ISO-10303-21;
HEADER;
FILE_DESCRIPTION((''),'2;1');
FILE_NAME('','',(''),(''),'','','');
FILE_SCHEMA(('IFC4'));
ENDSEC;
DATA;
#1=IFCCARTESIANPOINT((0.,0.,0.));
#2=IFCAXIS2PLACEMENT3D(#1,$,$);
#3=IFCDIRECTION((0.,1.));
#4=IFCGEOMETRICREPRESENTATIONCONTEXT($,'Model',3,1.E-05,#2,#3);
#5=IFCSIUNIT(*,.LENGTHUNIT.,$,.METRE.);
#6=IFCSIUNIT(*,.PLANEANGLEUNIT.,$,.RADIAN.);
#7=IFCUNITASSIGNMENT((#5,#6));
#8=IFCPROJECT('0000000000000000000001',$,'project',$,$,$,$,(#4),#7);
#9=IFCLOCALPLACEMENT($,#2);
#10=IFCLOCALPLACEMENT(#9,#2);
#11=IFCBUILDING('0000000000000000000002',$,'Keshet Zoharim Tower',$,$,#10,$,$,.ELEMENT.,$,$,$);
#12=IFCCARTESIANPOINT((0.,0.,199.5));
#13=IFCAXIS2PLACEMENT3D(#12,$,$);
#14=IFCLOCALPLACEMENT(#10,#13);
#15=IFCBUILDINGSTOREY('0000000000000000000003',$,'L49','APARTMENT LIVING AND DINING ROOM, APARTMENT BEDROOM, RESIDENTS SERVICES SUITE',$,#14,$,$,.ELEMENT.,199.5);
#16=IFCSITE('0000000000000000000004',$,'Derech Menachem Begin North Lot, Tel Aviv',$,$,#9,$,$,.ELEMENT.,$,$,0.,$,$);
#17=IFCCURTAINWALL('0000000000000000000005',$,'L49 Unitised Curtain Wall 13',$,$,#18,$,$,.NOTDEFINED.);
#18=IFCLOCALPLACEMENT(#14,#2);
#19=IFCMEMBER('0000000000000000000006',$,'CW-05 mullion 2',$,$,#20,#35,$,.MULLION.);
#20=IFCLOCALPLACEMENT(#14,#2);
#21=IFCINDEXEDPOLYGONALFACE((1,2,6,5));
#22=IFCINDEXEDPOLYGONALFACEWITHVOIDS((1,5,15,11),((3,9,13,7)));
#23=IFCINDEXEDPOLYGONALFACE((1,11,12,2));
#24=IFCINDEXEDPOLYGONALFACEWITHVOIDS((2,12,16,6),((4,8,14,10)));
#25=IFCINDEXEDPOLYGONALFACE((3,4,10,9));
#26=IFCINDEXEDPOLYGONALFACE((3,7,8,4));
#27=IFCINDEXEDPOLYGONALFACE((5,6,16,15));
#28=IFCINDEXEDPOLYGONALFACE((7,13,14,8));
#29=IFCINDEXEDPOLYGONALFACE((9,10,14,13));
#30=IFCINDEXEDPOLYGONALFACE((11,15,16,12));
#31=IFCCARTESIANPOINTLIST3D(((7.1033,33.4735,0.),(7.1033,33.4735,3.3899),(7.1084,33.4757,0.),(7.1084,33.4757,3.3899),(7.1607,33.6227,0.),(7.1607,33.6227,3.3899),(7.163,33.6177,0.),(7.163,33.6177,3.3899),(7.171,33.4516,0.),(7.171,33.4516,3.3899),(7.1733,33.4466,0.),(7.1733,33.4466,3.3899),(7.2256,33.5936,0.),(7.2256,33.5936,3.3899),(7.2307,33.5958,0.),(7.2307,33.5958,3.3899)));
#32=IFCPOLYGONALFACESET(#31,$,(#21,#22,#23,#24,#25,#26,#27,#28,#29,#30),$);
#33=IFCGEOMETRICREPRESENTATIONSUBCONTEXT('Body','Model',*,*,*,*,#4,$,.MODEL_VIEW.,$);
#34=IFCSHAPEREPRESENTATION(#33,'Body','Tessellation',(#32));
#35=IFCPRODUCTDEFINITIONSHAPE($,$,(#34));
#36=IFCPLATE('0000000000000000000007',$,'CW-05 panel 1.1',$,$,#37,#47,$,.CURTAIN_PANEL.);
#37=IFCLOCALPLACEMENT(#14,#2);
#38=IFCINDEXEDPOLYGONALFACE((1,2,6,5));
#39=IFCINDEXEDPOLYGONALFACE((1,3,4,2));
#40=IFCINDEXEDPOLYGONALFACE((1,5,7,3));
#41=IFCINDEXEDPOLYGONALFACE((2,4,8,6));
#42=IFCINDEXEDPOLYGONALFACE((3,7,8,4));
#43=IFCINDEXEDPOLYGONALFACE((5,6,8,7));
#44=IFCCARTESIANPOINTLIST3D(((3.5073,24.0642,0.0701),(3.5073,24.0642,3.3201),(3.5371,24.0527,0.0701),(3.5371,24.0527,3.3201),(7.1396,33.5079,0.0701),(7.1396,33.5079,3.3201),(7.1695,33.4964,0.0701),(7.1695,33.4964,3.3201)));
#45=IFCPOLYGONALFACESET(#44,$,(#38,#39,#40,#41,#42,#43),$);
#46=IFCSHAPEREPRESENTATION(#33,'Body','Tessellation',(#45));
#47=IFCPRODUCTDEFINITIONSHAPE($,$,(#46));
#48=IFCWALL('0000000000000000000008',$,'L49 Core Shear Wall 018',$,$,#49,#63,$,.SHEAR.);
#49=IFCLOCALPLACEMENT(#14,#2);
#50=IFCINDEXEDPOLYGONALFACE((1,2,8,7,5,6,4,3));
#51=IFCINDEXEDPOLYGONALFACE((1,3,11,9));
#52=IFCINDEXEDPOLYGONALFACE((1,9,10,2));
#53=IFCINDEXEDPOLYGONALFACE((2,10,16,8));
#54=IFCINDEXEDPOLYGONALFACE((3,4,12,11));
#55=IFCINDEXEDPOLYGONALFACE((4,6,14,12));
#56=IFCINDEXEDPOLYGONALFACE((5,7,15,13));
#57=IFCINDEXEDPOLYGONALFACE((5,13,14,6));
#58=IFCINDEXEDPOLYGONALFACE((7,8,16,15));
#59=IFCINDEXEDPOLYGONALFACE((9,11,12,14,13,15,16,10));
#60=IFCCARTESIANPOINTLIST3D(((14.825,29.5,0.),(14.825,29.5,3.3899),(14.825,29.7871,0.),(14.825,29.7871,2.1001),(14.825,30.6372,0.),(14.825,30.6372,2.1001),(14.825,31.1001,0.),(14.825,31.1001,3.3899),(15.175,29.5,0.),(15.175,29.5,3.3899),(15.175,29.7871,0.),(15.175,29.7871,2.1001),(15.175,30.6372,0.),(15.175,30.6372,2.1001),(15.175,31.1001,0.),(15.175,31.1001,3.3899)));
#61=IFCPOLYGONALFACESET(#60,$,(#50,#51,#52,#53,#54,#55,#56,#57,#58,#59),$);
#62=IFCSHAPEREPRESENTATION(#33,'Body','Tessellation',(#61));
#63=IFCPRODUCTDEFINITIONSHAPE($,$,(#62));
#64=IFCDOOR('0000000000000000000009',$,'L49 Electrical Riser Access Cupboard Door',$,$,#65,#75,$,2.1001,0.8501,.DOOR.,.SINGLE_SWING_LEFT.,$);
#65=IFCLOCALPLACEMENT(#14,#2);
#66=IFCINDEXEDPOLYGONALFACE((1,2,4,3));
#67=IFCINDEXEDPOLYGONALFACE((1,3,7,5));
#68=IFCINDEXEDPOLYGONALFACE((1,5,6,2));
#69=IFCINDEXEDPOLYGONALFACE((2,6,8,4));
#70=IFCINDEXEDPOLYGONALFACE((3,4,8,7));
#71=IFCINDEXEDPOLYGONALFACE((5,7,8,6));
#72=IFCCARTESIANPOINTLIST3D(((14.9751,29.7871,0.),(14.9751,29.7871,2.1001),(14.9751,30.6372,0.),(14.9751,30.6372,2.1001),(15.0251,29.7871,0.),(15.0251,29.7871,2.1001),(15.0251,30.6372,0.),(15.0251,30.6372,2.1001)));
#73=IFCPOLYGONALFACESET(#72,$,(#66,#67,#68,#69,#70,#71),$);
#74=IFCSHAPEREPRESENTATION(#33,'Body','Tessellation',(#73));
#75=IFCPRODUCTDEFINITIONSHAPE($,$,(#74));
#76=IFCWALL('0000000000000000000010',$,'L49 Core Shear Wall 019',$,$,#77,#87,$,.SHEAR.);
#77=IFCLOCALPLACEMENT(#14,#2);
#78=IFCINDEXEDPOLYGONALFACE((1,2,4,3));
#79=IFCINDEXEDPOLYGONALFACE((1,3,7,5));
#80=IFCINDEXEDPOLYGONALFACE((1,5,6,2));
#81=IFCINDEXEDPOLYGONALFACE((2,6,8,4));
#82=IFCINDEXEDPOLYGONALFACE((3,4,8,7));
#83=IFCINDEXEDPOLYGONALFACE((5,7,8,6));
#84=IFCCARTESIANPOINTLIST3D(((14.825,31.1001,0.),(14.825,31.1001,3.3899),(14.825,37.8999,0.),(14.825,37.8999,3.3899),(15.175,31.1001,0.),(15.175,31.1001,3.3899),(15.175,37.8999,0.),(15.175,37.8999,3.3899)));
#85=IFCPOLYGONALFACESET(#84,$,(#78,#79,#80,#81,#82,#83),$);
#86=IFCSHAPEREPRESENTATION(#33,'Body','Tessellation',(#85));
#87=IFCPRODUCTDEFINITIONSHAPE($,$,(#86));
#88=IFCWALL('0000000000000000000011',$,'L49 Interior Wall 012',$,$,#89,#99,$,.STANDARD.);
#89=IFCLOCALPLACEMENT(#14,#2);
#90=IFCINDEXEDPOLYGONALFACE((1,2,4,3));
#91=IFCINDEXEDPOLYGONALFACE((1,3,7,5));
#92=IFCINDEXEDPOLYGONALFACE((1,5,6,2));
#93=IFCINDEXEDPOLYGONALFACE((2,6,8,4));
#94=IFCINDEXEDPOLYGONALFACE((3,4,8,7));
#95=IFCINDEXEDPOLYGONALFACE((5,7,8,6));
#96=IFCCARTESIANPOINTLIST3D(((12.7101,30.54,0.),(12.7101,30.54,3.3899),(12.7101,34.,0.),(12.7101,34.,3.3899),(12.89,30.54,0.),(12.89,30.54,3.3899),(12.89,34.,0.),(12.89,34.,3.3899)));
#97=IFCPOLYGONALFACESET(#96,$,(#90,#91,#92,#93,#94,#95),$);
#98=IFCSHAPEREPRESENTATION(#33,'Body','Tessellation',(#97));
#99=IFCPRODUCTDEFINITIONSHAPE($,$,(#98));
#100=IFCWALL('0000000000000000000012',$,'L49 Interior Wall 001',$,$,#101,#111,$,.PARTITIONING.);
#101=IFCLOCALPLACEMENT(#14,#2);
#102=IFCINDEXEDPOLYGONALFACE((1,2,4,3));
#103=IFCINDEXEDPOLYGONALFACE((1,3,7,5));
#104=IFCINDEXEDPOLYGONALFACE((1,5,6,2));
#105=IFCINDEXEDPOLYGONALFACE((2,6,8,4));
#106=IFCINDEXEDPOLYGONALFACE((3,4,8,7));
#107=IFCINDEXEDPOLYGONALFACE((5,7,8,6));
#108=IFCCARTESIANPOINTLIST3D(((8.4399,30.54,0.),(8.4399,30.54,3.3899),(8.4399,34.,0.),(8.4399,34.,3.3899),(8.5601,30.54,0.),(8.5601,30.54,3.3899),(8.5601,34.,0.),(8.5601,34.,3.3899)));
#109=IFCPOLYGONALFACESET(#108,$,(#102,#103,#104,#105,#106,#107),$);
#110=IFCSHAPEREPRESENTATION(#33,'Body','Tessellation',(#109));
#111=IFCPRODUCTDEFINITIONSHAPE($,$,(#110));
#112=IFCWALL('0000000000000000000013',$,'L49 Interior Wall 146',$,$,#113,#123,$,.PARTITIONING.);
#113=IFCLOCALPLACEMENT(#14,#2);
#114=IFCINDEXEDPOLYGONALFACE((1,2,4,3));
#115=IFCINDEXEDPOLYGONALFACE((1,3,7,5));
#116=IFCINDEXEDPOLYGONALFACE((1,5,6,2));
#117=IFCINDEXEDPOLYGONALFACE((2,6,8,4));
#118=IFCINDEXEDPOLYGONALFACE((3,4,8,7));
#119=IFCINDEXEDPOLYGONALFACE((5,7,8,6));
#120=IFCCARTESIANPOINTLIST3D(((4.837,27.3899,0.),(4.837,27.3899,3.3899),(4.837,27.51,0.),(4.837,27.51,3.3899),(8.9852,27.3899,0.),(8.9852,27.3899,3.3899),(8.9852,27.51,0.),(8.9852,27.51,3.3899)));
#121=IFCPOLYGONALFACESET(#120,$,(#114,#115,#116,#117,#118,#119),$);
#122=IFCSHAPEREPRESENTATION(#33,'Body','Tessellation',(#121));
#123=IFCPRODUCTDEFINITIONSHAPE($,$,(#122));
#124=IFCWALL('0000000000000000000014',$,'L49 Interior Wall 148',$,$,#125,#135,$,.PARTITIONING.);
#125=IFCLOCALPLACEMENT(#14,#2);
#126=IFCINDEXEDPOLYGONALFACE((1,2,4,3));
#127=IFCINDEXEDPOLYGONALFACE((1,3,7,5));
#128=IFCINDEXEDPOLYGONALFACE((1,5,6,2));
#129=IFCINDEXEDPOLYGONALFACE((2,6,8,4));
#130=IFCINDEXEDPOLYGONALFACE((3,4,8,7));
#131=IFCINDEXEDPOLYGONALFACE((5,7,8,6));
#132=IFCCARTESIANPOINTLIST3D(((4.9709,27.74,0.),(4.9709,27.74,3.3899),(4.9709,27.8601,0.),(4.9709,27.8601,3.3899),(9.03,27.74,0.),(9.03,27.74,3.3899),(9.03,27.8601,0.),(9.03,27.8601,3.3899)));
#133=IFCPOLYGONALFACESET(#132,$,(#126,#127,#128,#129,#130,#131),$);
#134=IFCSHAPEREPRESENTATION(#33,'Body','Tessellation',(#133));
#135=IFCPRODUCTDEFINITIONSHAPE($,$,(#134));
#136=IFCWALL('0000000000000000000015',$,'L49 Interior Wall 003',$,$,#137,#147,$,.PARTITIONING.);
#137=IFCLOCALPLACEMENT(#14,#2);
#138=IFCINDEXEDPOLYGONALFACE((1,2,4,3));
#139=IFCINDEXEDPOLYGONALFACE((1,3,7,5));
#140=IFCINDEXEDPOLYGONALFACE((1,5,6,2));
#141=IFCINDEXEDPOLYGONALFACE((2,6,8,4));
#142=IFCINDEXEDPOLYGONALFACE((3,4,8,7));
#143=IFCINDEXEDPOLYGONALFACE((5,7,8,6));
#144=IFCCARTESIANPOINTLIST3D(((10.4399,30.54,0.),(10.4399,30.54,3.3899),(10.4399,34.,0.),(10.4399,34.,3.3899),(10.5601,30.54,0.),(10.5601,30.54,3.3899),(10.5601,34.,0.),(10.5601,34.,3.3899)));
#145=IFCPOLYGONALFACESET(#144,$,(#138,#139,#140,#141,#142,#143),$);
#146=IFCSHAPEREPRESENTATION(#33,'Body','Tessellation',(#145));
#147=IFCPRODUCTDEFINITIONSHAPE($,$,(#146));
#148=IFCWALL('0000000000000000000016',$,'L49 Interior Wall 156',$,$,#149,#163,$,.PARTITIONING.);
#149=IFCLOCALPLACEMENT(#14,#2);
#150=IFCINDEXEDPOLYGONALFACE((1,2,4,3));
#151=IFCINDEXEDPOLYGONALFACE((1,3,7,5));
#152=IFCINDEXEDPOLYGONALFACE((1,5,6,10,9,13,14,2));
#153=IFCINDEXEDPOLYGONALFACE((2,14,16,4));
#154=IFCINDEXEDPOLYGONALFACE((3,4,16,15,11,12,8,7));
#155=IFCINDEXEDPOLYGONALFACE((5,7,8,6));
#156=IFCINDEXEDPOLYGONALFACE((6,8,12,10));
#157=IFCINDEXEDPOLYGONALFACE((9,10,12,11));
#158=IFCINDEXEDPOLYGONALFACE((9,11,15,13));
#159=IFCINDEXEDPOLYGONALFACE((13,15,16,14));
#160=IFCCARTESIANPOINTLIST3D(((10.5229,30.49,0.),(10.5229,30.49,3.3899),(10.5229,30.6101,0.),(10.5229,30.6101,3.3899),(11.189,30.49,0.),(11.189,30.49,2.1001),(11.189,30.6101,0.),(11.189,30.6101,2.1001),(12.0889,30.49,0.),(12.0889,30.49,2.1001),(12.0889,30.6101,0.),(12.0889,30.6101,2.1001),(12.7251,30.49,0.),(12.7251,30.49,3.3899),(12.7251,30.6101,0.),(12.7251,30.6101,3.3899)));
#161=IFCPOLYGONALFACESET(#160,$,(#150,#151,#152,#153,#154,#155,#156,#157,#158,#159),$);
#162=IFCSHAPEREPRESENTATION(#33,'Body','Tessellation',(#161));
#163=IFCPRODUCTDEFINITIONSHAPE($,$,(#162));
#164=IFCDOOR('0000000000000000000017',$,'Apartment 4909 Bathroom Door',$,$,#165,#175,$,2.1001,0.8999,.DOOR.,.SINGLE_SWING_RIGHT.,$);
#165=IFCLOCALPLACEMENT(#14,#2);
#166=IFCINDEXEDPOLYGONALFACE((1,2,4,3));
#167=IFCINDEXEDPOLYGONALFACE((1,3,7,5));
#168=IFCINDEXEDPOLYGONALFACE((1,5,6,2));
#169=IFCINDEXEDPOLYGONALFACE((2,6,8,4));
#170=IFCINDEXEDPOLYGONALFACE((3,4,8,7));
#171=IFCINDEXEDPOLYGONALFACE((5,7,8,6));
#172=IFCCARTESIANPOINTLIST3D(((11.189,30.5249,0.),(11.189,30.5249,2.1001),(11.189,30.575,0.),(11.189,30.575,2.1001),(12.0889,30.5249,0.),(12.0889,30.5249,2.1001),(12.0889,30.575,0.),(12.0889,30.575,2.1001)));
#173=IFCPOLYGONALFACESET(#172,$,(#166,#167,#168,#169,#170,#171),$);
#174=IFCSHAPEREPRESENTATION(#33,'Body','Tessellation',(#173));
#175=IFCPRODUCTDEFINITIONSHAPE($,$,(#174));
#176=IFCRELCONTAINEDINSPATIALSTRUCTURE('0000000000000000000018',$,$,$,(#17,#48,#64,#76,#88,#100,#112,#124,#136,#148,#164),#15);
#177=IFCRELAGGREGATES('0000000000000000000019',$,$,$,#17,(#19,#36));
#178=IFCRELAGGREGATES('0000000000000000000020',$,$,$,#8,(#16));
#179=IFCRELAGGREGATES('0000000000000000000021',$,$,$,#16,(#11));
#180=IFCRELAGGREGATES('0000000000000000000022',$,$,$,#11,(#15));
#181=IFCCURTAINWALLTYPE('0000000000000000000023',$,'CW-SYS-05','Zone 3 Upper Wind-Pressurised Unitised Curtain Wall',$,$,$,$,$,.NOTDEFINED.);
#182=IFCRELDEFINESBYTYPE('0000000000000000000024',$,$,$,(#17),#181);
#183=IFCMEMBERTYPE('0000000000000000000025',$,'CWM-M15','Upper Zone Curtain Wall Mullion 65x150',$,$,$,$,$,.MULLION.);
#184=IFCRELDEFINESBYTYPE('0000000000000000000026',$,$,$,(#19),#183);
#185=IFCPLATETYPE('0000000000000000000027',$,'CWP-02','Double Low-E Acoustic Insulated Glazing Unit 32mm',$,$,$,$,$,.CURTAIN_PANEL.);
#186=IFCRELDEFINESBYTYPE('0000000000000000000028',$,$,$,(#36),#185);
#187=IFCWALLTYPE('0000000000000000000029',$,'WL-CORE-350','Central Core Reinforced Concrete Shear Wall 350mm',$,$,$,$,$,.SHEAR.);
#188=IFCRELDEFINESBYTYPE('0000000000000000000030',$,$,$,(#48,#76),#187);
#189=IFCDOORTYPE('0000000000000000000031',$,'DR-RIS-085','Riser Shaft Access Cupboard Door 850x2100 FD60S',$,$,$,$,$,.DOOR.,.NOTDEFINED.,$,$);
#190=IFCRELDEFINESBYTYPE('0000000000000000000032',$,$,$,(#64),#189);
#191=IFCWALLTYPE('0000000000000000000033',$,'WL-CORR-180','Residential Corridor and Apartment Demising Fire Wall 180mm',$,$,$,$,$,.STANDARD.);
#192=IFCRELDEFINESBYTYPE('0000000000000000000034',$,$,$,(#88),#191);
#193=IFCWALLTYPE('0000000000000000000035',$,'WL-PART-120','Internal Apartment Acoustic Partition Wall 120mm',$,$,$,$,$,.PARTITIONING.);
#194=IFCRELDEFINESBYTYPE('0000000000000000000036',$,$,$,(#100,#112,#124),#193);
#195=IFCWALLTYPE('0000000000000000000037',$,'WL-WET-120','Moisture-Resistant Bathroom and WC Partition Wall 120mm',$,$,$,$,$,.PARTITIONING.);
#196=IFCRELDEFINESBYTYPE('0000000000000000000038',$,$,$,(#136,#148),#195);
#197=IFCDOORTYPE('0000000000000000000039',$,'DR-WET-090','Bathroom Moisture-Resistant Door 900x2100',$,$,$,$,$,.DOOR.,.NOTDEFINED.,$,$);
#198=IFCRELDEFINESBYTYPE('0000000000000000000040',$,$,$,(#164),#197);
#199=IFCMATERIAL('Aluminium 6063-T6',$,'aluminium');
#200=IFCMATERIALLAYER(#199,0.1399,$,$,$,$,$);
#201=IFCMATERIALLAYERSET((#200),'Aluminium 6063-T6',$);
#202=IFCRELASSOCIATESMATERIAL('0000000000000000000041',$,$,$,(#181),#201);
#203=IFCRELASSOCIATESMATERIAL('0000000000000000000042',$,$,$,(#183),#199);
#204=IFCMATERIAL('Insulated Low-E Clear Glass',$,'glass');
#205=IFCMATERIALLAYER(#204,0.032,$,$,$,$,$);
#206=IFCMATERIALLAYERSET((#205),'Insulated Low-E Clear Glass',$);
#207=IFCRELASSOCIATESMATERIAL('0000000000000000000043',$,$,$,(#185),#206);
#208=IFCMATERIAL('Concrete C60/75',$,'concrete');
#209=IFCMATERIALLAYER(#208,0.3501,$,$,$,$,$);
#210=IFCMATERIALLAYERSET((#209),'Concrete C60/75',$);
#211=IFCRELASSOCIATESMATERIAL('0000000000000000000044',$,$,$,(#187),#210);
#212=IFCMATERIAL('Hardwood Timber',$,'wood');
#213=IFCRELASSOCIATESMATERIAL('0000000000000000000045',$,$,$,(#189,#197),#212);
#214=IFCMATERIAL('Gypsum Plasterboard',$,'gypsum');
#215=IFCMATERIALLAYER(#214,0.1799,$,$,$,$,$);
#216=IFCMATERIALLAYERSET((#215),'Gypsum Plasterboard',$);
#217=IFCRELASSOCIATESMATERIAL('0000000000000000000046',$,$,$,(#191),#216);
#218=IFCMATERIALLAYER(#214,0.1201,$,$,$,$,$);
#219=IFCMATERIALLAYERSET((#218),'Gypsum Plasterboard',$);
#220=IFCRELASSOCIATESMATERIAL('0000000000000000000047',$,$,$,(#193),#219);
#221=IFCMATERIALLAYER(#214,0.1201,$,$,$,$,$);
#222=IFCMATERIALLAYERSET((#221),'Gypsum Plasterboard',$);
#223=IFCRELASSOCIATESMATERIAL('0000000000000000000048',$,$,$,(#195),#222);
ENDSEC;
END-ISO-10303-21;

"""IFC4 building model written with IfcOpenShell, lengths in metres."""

from ifc_helpers import new_model, si_unit, direction, frame, frame_2d, origin, origin_2d, place, context, subcontext, project, spatial, rectangle, hollow_rectangle, extrude, material, layer, layer_set, material_profile, profile_set, type_object, element, fill, aggregate, save


model = new_model("IFC4")

# Units and contexts
model_context = context("Model", 3, precision=1e-05, world=origin(), true_north=direction((0.0, 1.0)))
body_context = subcontext(model_context, "Body", "Model", "MODEL_VIEW")
ifc_project = project(units=[si_unit("LENGTHUNIT", "METRE"), si_unit("PLANEANGLEUNIT", "RADIAN")], contexts=[model_context])

# Site, building, storey
site_placement = place(None, origin())
site = spatial("IfcSite", under=ifc_project, at=site_placement, Name="Derech Menachem Begin North Lot, Tel Aviv", CompositionType="ELEMENT", RefElevation=0.0)
building_placement = place(site_placement, origin())
building = spatial("IfcBuilding", under=site, at=building_placement, Name="Keshet Zoharim Tower", CompositionType="ELEMENT")
storey_placement = place(building_placement, frame((0.0, 0.0, 199.5)))
storey = spatial("IfcBuildingStorey", under=building, at=storey_placement, Name="L49", Description="APARTMENT LIVING AND DINING ROOM, APARTMENT BEDROOM, RESIDENTS SERVICES SUITE", CompositionType="ELEMENT", Elevation=199.5)

# Curtain wall, member, plate
ifc_material_1 = material(Name="Aluminium 6063-T6", Category="aluminium")
ifc_layer_1 = layer(ifc_material_1, 0.1399)
ifc_layer_set_1 = layer_set([ifc_layer_1], Name="Aluminium 6063-T6")
curtain_wall_type = type_object("IfcCurtainWallType", Name="CW-SYS-05", Description="Zone 3 Upper Wind-Pressurised Unitised Curtain Wall", PredefinedType="NOTDEFINED", material=ifc_layer_set_1)
curtain_wall_placement = place(storey_placement, origin())
curtain_wall = element("IfcCurtainWall", 1, at=curtain_wall_placement, inside=storey, type_object=curtain_wall_type, Name="L49 Unitised Curtain Wall 13", PredefinedType="NOTDEFINED")
ifc_material_profile = material_profile(ifc_material_1, hollow_rectangle(XDim=0.075, YDim=0.1599, WallThickness=0.0039, at=origin_2d()), Name="MUL-75x160")
ifc_profile_set = profile_set([ifc_material_profile], Name="Aluminium 6063-T6")
member_type = type_object("IfcMemberType", Name="CWM-M15", Description="Upper Zone Curtain Wall Mullion 65x150", PredefinedType="MULLION", material=ifc_profile_set)
member_placement = place(storey_placement, frame((7.167, 33.5347, 0.0), z_axis=(0.0, 0.0, 1.0), x_axis=(-0.933341, 0.35899, 0.0)))
member = element("IfcMember", 2, at=member_placement, type_object=member_type, Name="CW-05 mullion 2", PredefinedType="MULLION", context=body_context, shape_type="SweptSolid", body=[
    extrude(hollow_rectangle(XDim=0.075, YDim=0.1599, WallThickness=0.0039, at=origin_2d()), origin(), (0.0, 0.0, 1.0), 3.3899),
])
ifc_material_2 = material(Name="Insulated Low-E Clear Glass", Category="glass")
ifc_layer_2 = layer(ifc_material_2, 0.032)
ifc_layer_set_2 = layer_set([ifc_layer_2], Name="Insulated Low-E Clear Glass")
plate_type = type_object("IfcPlateType", Name="CWP-02", Description="Double Low-E Acoustic Insulated Glazing Unit 32mm", PredefinedType="CURTAIN_PANEL", material=ifc_layer_set_2)
plate_placement = place(storey_placement, frame((5.3384, 28.7803, 0.0701), z_axis=(0.0, 0.0, 1.0), x_axis=(0.35899, 0.933341, 0.0)))
plate = element("IfcPlate", 3, at=plate_placement, type_object=plate_type, Name="CW-05 panel 1.1", PredefinedType="CURTAIN_PANEL", context=body_context, shape_type="SweptSolid", body=[
    extrude(rectangle(XDim=10.1182, YDim=0.032, at=origin_2d()), origin(), (0.0, 0.0, 1.0), 3.25),
])
aggregate(curtain_wall, [member, plate])

# Wall, opening, door
ifc_material_3 = material(Name="Concrete C60/75", Category="concrete")
ifc_layer_3 = layer(ifc_material_3, 0.3501)
ifc_layer_set_3 = layer_set([ifc_layer_3], Name="Concrete C60/75")
wall_type_1 = type_object("IfcWallType", Name="WL-CORE-350", Description="Central Core Reinforced Concrete Shear Wall 350mm", PredefinedType="SHEAR", material=ifc_layer_set_3)
wall_1_placement = place(storey_placement, frame((15.0, 29.5, 0.0), z_axis=(0.0, 0.0, 1.0), x_axis=(0.0, 1.0, 0.0)))
wall_1 = element("IfcWall", 4, at=wall_1_placement, inside=storey, type_object=wall_type_1, Name="L49 Core Shear Wall 018", PredefinedType="SHEAR", context=body_context, shape_type="SweptSolid", body=[
    extrude(rectangle(XDim=1.6001, YDim=0.3501, at=frame_2d((0.8, 0.0))), origin(), (0.0, 0.0, 1.0), 3.3899),
])
opening_1_placement = place(wall_1_placement, frame((0.2871, 0.0, 0.0)))
opening_1 = element("IfcOpeningElement", 5, at=opening_1_placement, cuts=wall_1, PredefinedType="OPENING", context=body_context, shape_type="SweptSolid", body=[
    extrude(rectangle(XDim=0.8501, YDim=2.1001, at=frame_2d((0.425, 1.05))), frame((0.0, 0.1851, 0.0), z_axis=(0.0, -1.0, 0.0), x_axis=(1.0, 0.0, 0.0)), (0.0, 0.0, 1.0), 0.3701),
])
ifc_material_4 = material(Name="Hardwood Timber", Category="wood")
door_type_1 = type_object("IfcDoorType", Name="DR-RIS-085", Description="Riser Shaft Access Cupboard Door 850x2100 FD60S", OperationType="NOTDEFINED", PredefinedType="DOOR", material=ifc_material_4)
door_1_placement = place(opening_1_placement, origin())
door_1 = element("IfcDoor", 6, at=door_1_placement, inside=storey, type_object=door_type_1, Name="L49 Electrical Riser Access Cupboard Door", OperationType="SINGLE_SWING_LEFT", OverallHeight=2.1001, OverallWidth=0.8501, PredefinedType="DOOR", context=body_context, shape_type="SweptSolid", body=[
    extrude(rectangle(XDim=0.8501, YDim=2.1001, at=frame_2d((0.425, 1.05))), frame((0.0, 0.0249, 0.0), z_axis=(0.0, -1.0, 0.0), x_axis=(1.0, 0.0, 0.0)), (0.0, 0.0, 1.0), 0.05),
])
fill(opening_1, door_1)

# Wall
wall_2_placement = place(storey_placement, frame((15.0, 31.1001, 0.0), z_axis=(0.0, 0.0, 1.0), x_axis=(0.0, 1.0, 0.0)))
element("IfcWall", 7, at=wall_2_placement, inside=storey, type_object=wall_type_1, Name="L49 Core Shear Wall 019", PredefinedType="SHEAR", context=body_context, shape_type="SweptSolid", body=[
    extrude(rectangle(XDim=6.7998, YDim=0.3501, at=frame_2d((3.3999, 0.0))), origin(), (0.0, 0.0, 1.0), 3.3899),
])

# Shared definitions
ifc_material_5 = material(Name="Gypsum Plasterboard", Category="gypsum")
ifc_layer_4 = layer(ifc_material_5, 0.1799)
ifc_layer_set_4 = layer_set([ifc_layer_4], Name="Gypsum Plasterboard")
wall_type_2 = type_object("IfcWallType", Name="WL-CORR-180", Description="Residential Corridor and Apartment Demising Fire Wall 180mm", PredefinedType="STANDARD", material=ifc_layer_set_4)

# Walls
wall_3_placement = place(storey_placement, frame((12.8, 30.54, 0.0), z_axis=(0.0, 0.0, 1.0), x_axis=(0.0, 1.0, 0.0)))
element("IfcWall", 8, at=wall_3_placement, inside=storey, type_object=wall_type_2, Name="L49 Interior Wall 012", PredefinedType="STANDARD", context=body_context, shape_type="SweptSolid", body=[
    extrude(rectangle(XDim=3.46, YDim=0.1799, at=frame_2d((1.73, 0.0))), origin(), (0.0, 0.0, 1.0), 3.3899),
])
ifc_layer_5 = layer(ifc_material_5, 0.1201)
ifc_layer_set_5 = layer_set([ifc_layer_5], Name="Gypsum Plasterboard")
wall_type_3 = type_object("IfcWallType", Name="WL-PART-120", Description="Internal Apartment Acoustic Partition Wall 120mm", PredefinedType="PARTITIONING", material=ifc_layer_set_5)
wall_4_placement = place(storey_placement, frame((8.5, 30.54, 0.0), z_axis=(0.0, 0.0, 1.0), x_axis=(0.0, 1.0, 0.0)))
element("IfcWall", 9, at=wall_4_placement, inside=storey, type_object=wall_type_3, Name="L49 Interior Wall 001", PredefinedType="PARTITIONING", context=body_context, shape_type="SweptSolid", body=[
    extrude(rectangle(XDim=3.46, YDim=0.1201, at=frame_2d((1.73, 0.0))), origin(), (0.0, 0.0, 1.0), 3.3899),
])
wall_5_placement = place(storey_placement, frame((4.8369, 27.45, 0.0), z_axis=(0.0, 0.0, 1.0), x_axis=(1.0, 0.0, 0.0)))
element("IfcWall", 10, at=wall_5_placement, inside=storey, type_object=wall_type_3, Name="L49 Interior Wall 146", PredefinedType="PARTITIONING", context=body_context, shape_type="SweptSolid", body=[
    extrude(rectangle(XDim=4.1482, YDim=0.1201, at=frame_2d((2.0742, 0.0))), origin(), (0.0, 0.0, 1.0), 3.3899),
])
wall_6_placement = place(storey_placement, frame((4.9709, 27.8, 0.0), z_axis=(0.0, 0.0, 1.0), x_axis=(1.0, 0.0, 0.0)))
element("IfcWall", 11, at=wall_6_placement, inside=storey, type_object=wall_type_3, Name="L49 Interior Wall 148", PredefinedType="PARTITIONING", context=body_context, shape_type="SweptSolid", body=[
    extrude(rectangle(XDim=4.0591, YDim=0.1201, at=frame_2d((2.0295, 0.0))), origin(), (0.0, 0.0, 1.0), 3.3899),
])

# Wall
ifc_layer_6 = layer(ifc_material_5, 0.1201)
ifc_layer_set_6 = layer_set([ifc_layer_6], Name="Gypsum Plasterboard")
wall_type_4 = type_object("IfcWallType", Name="WL-WET-120", Description="Moisture-Resistant Bathroom and WC Partition Wall 120mm", PredefinedType="PARTITIONING", material=ifc_layer_set_6)
wall_7_placement = place(storey_placement, frame((10.5, 30.54, 0.0), z_axis=(0.0, 0.0, 1.0), x_axis=(0.0, 1.0, 0.0)))
element("IfcWall", 12, at=wall_7_placement, inside=storey, type_object=wall_type_4, Name="L49 Interior Wall 003", PredefinedType="PARTITIONING", context=body_context, shape_type="SweptSolid", body=[
    extrude(rectangle(XDim=3.46, YDim=0.1201, at=frame_2d((1.73, 0.0))), origin(), (0.0, 0.0, 1.0), 3.3899),
])

# Wall, opening, door
wall_8_placement = place(storey_placement, frame((10.5229, 30.55, 0.0), z_axis=(0.0, 0.0, 1.0), x_axis=(1.0, 0.0, 0.0)))
wall_8 = element("IfcWall", 13, at=wall_8_placement, inside=storey, type_object=wall_type_4, Name="L49 Interior Wall 156", PredefinedType="PARTITIONING", context=body_context, shape_type="SweptSolid", body=[
    extrude(rectangle(XDim=2.2021, YDim=0.1201, at=frame_2d((1.1011, 0.0))), origin(), (0.0, 0.0, 1.0), 3.3899),
])
opening_2_placement = place(wall_8_placement, frame((0.666, 0.0, 0.0)))
opening_2 = element("IfcOpeningElement", 14, at=opening_2_placement, cuts=wall_8, PredefinedType="OPENING", context=body_context, shape_type="SweptSolid", body=[
    extrude(rectangle(XDim=0.8999, YDim=2.1001, at=frame_2d((0.45, 1.05))), frame((0.0, 0.0701, 0.0), z_axis=(0.0, -1.0, 0.0), x_axis=(1.0, 0.0, 0.0)), (0.0, 0.0, 1.0), 0.1401),
])
door_type_2 = type_object("IfcDoorType", Name="DR-WET-090", Description="Bathroom Moisture-Resistant Door 900x2100", OperationType="NOTDEFINED", PredefinedType="DOOR", material=ifc_material_4)
door_2_placement = place(opening_2_placement, origin())
door_2 = element("IfcDoor", 15, at=door_2_placement, inside=storey, type_object=door_type_2, Name="Apartment 4909 Bathroom Door", OperationType="SINGLE_SWING_RIGHT", OverallHeight=2.1001, OverallWidth=0.8999, PredefinedType="DOOR", context=body_context, shape_type="SweptSolid", body=[
    extrude(rectangle(XDim=0.8999, YDim=2.1001, at=frame_2d((0.45, 1.05))), frame((0.0, 0.0249, 0.0), z_axis=(0.0, -1.0, 0.0), x_axis=(1.0, 0.0, 0.0)), (0.0, 0.0, 1.0), 0.05),
])
fill(opening_2, door_2)

save(model, "model.ifc")
